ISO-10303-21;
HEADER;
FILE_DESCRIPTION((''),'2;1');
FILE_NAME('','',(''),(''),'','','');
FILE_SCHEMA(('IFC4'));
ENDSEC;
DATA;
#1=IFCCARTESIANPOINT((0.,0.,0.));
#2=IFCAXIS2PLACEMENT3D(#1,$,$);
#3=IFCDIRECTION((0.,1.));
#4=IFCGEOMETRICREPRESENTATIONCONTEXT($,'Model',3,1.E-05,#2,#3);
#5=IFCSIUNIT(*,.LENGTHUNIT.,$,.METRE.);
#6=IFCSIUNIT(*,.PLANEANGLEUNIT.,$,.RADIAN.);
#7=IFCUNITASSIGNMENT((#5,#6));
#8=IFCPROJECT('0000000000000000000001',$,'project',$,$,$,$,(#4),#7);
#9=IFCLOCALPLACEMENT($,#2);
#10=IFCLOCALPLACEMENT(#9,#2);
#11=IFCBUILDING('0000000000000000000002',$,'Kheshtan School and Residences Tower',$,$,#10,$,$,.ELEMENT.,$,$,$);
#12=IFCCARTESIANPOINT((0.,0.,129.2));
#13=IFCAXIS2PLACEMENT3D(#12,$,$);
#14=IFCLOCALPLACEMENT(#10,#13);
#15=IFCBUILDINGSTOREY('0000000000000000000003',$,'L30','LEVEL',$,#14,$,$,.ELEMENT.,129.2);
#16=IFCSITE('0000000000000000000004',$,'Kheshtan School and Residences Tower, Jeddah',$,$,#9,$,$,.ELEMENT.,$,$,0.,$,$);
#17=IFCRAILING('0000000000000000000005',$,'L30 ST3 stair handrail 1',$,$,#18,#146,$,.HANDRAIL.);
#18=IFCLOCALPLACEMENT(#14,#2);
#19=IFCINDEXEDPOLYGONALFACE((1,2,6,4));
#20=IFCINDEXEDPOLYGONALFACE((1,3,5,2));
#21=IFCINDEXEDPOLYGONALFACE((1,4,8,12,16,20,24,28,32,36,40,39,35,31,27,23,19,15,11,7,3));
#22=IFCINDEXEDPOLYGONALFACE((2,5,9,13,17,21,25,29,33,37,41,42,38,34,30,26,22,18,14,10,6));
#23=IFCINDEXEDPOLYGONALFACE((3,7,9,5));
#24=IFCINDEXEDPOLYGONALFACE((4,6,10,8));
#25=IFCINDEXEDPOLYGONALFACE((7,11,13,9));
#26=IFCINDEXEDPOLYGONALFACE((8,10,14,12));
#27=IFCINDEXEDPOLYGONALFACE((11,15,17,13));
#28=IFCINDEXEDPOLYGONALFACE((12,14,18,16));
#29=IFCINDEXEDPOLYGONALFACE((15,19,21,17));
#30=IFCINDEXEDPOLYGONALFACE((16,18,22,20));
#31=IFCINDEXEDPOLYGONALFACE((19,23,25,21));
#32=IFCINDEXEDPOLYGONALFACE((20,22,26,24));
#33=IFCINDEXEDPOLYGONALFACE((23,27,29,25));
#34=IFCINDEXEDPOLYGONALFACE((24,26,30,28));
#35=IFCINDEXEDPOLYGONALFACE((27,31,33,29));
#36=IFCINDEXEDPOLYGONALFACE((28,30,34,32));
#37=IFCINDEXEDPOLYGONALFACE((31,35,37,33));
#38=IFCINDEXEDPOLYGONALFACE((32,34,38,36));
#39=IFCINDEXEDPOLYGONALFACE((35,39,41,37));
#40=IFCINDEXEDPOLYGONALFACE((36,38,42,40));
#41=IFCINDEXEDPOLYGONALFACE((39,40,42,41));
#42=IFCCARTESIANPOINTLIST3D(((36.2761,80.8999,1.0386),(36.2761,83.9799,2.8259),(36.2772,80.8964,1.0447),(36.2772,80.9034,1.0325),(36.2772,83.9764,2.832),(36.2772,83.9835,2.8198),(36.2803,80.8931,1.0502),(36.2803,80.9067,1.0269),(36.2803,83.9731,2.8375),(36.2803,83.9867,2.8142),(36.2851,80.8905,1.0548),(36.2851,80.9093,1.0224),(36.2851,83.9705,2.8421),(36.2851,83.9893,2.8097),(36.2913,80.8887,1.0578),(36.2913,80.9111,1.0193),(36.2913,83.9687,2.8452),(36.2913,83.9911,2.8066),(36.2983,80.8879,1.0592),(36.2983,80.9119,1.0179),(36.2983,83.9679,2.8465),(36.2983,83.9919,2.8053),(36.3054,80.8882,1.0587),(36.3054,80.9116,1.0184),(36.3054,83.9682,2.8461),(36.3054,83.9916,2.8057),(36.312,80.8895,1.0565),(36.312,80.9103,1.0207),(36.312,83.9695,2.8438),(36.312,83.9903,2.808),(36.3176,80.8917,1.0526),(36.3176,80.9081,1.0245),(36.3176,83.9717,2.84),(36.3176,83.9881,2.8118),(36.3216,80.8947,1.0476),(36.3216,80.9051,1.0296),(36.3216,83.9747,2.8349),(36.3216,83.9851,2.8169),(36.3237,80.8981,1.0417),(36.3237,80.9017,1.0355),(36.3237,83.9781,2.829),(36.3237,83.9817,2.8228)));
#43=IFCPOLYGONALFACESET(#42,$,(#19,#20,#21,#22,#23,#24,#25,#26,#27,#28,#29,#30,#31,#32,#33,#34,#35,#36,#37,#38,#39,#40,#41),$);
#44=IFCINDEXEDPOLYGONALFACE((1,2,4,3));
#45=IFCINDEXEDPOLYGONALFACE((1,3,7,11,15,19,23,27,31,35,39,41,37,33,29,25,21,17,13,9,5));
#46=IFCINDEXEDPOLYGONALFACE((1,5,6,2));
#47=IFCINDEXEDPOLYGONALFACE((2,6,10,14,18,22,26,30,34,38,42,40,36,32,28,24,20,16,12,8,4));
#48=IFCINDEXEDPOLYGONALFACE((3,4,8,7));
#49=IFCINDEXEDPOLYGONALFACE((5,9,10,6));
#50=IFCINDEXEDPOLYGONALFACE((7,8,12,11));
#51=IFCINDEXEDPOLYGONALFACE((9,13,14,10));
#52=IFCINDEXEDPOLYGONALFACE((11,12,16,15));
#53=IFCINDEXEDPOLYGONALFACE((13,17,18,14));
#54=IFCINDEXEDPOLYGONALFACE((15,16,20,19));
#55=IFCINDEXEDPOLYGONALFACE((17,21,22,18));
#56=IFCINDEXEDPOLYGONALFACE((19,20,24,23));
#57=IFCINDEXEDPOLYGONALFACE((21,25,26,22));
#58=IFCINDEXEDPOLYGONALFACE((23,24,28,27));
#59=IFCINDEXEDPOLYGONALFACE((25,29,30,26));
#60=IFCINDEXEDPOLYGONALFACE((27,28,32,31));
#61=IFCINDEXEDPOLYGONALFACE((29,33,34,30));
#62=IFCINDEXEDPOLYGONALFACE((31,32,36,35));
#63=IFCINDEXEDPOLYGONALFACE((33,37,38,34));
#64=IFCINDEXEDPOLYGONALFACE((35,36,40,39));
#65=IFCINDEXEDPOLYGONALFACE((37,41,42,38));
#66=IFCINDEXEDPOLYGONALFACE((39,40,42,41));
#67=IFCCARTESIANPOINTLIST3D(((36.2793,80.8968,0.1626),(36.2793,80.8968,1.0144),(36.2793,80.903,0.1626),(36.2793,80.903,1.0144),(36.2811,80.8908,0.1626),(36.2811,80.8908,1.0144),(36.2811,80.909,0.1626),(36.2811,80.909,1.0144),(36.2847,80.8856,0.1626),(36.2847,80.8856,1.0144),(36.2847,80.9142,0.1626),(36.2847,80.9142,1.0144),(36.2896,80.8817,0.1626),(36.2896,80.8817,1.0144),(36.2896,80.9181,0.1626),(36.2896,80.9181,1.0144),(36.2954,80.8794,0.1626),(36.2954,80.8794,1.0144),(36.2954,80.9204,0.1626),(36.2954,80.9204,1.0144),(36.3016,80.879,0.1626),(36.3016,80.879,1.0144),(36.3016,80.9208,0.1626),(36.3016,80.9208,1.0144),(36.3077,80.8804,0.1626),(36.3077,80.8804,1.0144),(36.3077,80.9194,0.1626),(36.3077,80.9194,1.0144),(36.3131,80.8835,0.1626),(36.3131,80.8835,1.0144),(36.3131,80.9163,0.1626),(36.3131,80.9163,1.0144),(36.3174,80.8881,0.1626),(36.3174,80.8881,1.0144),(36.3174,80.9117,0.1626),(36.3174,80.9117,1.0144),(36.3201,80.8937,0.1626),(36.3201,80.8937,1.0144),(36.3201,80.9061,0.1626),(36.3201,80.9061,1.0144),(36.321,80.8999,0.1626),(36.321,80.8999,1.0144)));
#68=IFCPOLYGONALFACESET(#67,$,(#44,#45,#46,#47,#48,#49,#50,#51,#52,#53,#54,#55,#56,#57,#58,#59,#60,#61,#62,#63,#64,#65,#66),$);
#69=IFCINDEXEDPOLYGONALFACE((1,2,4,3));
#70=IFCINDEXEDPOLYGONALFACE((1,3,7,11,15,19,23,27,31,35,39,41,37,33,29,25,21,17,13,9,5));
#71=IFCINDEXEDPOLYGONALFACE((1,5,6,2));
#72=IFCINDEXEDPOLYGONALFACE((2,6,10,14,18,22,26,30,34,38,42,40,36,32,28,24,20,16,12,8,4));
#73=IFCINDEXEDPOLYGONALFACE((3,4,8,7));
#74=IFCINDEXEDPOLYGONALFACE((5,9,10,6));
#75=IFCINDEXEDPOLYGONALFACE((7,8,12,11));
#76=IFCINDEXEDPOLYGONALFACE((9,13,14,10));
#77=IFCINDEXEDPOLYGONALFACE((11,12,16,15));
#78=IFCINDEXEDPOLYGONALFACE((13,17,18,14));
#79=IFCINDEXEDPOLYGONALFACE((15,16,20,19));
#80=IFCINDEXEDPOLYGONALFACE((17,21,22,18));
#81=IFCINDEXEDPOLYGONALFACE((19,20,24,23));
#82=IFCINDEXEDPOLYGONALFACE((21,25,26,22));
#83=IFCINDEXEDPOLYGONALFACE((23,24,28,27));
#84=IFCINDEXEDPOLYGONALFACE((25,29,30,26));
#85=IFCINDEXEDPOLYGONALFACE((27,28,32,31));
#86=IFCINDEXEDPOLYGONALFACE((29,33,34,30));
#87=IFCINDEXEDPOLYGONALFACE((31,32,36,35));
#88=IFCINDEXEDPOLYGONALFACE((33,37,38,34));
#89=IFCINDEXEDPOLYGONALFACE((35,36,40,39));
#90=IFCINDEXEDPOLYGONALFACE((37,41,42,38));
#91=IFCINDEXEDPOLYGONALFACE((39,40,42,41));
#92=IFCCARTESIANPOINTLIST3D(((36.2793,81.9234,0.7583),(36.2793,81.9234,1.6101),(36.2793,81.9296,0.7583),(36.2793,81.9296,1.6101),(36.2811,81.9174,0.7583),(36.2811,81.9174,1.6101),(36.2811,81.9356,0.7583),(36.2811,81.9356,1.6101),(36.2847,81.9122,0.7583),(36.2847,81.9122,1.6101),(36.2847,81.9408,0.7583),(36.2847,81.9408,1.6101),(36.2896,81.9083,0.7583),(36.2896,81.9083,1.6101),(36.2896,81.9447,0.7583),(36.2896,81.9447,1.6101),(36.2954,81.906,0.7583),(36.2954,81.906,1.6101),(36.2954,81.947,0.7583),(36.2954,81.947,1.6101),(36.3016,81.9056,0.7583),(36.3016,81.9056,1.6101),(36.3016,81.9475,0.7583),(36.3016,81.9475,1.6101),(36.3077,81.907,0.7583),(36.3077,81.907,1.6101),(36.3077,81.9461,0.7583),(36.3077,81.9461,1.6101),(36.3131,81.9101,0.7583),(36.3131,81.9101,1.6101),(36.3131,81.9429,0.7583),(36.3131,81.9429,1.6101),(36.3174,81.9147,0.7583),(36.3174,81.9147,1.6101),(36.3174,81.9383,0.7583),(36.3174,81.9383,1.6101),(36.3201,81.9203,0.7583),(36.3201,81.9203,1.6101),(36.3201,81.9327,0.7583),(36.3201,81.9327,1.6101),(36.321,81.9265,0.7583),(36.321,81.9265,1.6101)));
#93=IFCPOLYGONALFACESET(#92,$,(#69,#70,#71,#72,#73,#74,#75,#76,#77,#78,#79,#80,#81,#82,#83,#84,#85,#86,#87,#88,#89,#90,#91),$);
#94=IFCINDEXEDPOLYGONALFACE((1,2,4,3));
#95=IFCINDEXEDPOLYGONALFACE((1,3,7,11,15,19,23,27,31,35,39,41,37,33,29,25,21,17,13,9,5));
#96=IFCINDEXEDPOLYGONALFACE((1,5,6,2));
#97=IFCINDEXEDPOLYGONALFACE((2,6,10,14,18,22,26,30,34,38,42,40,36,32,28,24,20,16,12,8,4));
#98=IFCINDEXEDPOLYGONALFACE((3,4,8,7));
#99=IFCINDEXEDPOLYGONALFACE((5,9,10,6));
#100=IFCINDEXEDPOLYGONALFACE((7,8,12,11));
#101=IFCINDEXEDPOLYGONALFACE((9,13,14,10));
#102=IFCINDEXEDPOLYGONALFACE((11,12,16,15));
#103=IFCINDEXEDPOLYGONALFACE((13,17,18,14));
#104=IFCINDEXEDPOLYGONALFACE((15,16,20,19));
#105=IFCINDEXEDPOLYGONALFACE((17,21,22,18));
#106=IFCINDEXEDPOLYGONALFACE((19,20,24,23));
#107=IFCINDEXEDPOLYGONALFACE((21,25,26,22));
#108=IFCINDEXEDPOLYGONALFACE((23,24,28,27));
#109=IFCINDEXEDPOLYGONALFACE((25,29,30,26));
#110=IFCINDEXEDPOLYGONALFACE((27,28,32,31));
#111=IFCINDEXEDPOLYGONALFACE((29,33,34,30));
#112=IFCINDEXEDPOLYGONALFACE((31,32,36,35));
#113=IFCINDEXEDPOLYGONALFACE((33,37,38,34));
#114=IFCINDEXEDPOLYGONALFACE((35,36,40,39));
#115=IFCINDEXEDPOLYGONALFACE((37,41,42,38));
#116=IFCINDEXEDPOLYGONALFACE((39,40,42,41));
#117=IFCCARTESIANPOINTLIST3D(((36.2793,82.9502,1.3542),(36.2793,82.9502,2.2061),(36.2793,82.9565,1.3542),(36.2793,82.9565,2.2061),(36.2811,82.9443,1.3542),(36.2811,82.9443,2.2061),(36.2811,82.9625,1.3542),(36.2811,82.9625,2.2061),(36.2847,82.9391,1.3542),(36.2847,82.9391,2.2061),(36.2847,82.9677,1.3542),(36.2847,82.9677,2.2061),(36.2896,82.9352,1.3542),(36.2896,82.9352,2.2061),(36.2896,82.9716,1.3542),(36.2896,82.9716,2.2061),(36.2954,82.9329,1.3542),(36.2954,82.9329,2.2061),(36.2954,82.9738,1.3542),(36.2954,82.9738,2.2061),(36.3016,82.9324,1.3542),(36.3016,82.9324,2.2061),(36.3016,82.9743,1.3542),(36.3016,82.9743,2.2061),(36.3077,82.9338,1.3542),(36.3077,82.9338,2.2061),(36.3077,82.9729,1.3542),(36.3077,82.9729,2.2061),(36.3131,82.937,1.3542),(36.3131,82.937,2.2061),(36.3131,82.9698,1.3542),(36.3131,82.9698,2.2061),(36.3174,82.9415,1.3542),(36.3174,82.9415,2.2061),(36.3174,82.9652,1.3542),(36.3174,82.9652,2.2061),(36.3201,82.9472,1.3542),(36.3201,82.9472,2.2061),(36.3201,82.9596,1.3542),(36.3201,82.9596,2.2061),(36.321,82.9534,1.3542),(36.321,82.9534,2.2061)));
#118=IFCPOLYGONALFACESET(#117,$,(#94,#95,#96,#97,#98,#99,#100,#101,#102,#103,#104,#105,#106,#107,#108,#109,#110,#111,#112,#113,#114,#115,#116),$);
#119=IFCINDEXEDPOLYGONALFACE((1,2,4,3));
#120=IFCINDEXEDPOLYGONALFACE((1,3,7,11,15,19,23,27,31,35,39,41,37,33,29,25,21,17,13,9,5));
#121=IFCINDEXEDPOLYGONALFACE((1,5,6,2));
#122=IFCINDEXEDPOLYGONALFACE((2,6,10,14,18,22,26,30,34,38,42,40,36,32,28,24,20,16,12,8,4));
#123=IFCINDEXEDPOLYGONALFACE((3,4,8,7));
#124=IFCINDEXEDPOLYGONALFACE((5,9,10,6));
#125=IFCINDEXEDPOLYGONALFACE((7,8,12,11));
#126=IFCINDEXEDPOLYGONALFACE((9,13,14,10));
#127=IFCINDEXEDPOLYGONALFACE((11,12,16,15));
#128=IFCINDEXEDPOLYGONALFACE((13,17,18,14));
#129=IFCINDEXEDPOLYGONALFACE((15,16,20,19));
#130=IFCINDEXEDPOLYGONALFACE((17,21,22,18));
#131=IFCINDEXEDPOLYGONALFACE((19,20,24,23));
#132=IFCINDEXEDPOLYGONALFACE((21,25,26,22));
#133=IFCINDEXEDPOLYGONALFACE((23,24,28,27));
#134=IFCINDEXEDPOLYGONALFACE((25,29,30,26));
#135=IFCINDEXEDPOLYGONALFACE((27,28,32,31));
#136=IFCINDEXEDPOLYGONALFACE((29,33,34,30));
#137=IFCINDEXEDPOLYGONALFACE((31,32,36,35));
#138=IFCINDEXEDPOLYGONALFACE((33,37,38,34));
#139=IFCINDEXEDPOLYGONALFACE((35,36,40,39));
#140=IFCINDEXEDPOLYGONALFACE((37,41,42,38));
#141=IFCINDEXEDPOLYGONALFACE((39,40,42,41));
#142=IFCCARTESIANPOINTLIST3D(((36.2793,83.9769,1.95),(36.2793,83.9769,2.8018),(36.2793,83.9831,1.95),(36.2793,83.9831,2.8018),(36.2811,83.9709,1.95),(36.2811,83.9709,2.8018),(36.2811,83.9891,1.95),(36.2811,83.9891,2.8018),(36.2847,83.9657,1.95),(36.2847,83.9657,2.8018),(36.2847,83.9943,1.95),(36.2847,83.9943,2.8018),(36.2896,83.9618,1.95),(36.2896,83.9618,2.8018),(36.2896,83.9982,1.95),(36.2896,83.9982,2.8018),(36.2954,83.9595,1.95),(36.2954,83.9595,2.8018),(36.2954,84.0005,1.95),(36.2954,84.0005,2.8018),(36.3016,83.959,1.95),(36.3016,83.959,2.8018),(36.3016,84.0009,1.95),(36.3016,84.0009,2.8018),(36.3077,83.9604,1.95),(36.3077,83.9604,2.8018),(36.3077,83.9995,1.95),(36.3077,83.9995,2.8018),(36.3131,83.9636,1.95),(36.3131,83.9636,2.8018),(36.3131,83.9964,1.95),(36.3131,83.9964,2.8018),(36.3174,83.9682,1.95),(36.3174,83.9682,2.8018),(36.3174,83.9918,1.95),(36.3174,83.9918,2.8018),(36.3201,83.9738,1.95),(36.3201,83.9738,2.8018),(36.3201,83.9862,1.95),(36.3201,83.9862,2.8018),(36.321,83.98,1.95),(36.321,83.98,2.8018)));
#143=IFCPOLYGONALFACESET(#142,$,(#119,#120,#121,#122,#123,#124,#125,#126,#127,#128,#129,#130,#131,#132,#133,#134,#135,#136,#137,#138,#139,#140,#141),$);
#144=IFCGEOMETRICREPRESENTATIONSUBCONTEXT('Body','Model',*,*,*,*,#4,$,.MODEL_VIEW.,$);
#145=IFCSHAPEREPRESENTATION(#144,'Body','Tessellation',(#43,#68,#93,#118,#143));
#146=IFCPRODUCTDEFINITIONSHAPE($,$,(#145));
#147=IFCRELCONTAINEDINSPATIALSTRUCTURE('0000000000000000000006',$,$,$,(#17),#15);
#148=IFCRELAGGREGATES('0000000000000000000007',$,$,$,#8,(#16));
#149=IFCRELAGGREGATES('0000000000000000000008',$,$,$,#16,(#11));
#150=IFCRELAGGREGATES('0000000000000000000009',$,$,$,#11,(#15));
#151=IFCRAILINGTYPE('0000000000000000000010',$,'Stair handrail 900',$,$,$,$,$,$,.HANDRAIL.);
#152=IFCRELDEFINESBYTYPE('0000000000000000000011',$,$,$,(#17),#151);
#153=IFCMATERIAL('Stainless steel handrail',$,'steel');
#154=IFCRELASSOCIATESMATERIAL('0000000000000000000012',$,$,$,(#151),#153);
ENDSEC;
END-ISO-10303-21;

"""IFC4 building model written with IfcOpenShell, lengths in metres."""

from ifc_helpers import new_model, si_unit, direction, frame, origin, origin_2d, place, context, subcontext, project, spatial, circle, extrude, material, type_object, element, save


model = new_model("IFC4")

# Units and contexts
model_context = context("Model", 3, precision=1e-05, world=origin(), true_north=direction((0.0, 1.0)))
body_context = subcontext(model_context, "Body", "Model", "MODEL_VIEW")
ifc_project = project(units=[si_unit("LENGTHUNIT", "METRE"), si_unit("PLANEANGLEUNIT", "RADIAN")], contexts=[model_context])

# Site, building, storey
site_placement = place(None, origin())
site = spatial("IfcSite", under=ifc_project, at=site_placement, Name="Kheshtan School and Residences Tower, Jeddah", CompositionType="ELEMENT", RefElevation=0.0)
building_placement = place(site_placement, origin())
building = spatial("IfcBuilding", under=site, at=building_placement, Name="Kheshtan School and Residences Tower", CompositionType="ELEMENT")
storey_placement = place(building_placement, frame((0.0, 0.0, 129.2)))
storey = spatial("IfcBuildingStorey", under=building, at=storey_placement, Name="L30", Description="LEVEL", CompositionType="ELEMENT", Elevation=129.2)

# Railing
ifc_material_1 = material(Name="Stainless steel handrail", Category="steel")
railing_type_1 = type_object("IfcRailingType", Name="Stair handrail 900", PredefinedType="HANDRAIL", material=ifc_material_1)
railing_1_placement = place(storey_placement, frame((36.3, 80.8999, 0.1626)))
element("IfcRailing", 1, at=railing_1_placement, inside=storey, type_object=railing_type_1, Name="L30 ST3 stair handrail 1", PredefinedType="HANDRAIL", context=body_context, shape_type="SweptSolid", body=[
    extrude(circle(Radius=0.0239, at=origin_2d()), frame((0.0, 0.0, 0.876), z_axis=(0.0, 0.86492, 0.501909), x_axis=(-1.0, 0.0, 0.0)), (0.0, 0.0, 1.0), 3.561),
    extrude(circle(Radius=0.021, at=origin_2d()), origin(), (0.0, 0.0, 1.0), 0.8518),
    extrude(circle(Radius=0.021, at=origin_2d()), frame((0.0, 1.0266, 0.5957)), (0.0, 0.0, 1.0), 0.8518),
    extrude(circle(Radius=0.021, at=origin_2d()), frame((0.0, 2.0535, 1.1917)), (0.0, 0.0, 1.0), 0.8518),
    extrude(circle(Radius=0.021, at=origin_2d()), frame((0.0, 3.0801, 1.7874)), (0.0, 0.0, 1.0), 0.8518),
])

save(model, "model.ifc")
